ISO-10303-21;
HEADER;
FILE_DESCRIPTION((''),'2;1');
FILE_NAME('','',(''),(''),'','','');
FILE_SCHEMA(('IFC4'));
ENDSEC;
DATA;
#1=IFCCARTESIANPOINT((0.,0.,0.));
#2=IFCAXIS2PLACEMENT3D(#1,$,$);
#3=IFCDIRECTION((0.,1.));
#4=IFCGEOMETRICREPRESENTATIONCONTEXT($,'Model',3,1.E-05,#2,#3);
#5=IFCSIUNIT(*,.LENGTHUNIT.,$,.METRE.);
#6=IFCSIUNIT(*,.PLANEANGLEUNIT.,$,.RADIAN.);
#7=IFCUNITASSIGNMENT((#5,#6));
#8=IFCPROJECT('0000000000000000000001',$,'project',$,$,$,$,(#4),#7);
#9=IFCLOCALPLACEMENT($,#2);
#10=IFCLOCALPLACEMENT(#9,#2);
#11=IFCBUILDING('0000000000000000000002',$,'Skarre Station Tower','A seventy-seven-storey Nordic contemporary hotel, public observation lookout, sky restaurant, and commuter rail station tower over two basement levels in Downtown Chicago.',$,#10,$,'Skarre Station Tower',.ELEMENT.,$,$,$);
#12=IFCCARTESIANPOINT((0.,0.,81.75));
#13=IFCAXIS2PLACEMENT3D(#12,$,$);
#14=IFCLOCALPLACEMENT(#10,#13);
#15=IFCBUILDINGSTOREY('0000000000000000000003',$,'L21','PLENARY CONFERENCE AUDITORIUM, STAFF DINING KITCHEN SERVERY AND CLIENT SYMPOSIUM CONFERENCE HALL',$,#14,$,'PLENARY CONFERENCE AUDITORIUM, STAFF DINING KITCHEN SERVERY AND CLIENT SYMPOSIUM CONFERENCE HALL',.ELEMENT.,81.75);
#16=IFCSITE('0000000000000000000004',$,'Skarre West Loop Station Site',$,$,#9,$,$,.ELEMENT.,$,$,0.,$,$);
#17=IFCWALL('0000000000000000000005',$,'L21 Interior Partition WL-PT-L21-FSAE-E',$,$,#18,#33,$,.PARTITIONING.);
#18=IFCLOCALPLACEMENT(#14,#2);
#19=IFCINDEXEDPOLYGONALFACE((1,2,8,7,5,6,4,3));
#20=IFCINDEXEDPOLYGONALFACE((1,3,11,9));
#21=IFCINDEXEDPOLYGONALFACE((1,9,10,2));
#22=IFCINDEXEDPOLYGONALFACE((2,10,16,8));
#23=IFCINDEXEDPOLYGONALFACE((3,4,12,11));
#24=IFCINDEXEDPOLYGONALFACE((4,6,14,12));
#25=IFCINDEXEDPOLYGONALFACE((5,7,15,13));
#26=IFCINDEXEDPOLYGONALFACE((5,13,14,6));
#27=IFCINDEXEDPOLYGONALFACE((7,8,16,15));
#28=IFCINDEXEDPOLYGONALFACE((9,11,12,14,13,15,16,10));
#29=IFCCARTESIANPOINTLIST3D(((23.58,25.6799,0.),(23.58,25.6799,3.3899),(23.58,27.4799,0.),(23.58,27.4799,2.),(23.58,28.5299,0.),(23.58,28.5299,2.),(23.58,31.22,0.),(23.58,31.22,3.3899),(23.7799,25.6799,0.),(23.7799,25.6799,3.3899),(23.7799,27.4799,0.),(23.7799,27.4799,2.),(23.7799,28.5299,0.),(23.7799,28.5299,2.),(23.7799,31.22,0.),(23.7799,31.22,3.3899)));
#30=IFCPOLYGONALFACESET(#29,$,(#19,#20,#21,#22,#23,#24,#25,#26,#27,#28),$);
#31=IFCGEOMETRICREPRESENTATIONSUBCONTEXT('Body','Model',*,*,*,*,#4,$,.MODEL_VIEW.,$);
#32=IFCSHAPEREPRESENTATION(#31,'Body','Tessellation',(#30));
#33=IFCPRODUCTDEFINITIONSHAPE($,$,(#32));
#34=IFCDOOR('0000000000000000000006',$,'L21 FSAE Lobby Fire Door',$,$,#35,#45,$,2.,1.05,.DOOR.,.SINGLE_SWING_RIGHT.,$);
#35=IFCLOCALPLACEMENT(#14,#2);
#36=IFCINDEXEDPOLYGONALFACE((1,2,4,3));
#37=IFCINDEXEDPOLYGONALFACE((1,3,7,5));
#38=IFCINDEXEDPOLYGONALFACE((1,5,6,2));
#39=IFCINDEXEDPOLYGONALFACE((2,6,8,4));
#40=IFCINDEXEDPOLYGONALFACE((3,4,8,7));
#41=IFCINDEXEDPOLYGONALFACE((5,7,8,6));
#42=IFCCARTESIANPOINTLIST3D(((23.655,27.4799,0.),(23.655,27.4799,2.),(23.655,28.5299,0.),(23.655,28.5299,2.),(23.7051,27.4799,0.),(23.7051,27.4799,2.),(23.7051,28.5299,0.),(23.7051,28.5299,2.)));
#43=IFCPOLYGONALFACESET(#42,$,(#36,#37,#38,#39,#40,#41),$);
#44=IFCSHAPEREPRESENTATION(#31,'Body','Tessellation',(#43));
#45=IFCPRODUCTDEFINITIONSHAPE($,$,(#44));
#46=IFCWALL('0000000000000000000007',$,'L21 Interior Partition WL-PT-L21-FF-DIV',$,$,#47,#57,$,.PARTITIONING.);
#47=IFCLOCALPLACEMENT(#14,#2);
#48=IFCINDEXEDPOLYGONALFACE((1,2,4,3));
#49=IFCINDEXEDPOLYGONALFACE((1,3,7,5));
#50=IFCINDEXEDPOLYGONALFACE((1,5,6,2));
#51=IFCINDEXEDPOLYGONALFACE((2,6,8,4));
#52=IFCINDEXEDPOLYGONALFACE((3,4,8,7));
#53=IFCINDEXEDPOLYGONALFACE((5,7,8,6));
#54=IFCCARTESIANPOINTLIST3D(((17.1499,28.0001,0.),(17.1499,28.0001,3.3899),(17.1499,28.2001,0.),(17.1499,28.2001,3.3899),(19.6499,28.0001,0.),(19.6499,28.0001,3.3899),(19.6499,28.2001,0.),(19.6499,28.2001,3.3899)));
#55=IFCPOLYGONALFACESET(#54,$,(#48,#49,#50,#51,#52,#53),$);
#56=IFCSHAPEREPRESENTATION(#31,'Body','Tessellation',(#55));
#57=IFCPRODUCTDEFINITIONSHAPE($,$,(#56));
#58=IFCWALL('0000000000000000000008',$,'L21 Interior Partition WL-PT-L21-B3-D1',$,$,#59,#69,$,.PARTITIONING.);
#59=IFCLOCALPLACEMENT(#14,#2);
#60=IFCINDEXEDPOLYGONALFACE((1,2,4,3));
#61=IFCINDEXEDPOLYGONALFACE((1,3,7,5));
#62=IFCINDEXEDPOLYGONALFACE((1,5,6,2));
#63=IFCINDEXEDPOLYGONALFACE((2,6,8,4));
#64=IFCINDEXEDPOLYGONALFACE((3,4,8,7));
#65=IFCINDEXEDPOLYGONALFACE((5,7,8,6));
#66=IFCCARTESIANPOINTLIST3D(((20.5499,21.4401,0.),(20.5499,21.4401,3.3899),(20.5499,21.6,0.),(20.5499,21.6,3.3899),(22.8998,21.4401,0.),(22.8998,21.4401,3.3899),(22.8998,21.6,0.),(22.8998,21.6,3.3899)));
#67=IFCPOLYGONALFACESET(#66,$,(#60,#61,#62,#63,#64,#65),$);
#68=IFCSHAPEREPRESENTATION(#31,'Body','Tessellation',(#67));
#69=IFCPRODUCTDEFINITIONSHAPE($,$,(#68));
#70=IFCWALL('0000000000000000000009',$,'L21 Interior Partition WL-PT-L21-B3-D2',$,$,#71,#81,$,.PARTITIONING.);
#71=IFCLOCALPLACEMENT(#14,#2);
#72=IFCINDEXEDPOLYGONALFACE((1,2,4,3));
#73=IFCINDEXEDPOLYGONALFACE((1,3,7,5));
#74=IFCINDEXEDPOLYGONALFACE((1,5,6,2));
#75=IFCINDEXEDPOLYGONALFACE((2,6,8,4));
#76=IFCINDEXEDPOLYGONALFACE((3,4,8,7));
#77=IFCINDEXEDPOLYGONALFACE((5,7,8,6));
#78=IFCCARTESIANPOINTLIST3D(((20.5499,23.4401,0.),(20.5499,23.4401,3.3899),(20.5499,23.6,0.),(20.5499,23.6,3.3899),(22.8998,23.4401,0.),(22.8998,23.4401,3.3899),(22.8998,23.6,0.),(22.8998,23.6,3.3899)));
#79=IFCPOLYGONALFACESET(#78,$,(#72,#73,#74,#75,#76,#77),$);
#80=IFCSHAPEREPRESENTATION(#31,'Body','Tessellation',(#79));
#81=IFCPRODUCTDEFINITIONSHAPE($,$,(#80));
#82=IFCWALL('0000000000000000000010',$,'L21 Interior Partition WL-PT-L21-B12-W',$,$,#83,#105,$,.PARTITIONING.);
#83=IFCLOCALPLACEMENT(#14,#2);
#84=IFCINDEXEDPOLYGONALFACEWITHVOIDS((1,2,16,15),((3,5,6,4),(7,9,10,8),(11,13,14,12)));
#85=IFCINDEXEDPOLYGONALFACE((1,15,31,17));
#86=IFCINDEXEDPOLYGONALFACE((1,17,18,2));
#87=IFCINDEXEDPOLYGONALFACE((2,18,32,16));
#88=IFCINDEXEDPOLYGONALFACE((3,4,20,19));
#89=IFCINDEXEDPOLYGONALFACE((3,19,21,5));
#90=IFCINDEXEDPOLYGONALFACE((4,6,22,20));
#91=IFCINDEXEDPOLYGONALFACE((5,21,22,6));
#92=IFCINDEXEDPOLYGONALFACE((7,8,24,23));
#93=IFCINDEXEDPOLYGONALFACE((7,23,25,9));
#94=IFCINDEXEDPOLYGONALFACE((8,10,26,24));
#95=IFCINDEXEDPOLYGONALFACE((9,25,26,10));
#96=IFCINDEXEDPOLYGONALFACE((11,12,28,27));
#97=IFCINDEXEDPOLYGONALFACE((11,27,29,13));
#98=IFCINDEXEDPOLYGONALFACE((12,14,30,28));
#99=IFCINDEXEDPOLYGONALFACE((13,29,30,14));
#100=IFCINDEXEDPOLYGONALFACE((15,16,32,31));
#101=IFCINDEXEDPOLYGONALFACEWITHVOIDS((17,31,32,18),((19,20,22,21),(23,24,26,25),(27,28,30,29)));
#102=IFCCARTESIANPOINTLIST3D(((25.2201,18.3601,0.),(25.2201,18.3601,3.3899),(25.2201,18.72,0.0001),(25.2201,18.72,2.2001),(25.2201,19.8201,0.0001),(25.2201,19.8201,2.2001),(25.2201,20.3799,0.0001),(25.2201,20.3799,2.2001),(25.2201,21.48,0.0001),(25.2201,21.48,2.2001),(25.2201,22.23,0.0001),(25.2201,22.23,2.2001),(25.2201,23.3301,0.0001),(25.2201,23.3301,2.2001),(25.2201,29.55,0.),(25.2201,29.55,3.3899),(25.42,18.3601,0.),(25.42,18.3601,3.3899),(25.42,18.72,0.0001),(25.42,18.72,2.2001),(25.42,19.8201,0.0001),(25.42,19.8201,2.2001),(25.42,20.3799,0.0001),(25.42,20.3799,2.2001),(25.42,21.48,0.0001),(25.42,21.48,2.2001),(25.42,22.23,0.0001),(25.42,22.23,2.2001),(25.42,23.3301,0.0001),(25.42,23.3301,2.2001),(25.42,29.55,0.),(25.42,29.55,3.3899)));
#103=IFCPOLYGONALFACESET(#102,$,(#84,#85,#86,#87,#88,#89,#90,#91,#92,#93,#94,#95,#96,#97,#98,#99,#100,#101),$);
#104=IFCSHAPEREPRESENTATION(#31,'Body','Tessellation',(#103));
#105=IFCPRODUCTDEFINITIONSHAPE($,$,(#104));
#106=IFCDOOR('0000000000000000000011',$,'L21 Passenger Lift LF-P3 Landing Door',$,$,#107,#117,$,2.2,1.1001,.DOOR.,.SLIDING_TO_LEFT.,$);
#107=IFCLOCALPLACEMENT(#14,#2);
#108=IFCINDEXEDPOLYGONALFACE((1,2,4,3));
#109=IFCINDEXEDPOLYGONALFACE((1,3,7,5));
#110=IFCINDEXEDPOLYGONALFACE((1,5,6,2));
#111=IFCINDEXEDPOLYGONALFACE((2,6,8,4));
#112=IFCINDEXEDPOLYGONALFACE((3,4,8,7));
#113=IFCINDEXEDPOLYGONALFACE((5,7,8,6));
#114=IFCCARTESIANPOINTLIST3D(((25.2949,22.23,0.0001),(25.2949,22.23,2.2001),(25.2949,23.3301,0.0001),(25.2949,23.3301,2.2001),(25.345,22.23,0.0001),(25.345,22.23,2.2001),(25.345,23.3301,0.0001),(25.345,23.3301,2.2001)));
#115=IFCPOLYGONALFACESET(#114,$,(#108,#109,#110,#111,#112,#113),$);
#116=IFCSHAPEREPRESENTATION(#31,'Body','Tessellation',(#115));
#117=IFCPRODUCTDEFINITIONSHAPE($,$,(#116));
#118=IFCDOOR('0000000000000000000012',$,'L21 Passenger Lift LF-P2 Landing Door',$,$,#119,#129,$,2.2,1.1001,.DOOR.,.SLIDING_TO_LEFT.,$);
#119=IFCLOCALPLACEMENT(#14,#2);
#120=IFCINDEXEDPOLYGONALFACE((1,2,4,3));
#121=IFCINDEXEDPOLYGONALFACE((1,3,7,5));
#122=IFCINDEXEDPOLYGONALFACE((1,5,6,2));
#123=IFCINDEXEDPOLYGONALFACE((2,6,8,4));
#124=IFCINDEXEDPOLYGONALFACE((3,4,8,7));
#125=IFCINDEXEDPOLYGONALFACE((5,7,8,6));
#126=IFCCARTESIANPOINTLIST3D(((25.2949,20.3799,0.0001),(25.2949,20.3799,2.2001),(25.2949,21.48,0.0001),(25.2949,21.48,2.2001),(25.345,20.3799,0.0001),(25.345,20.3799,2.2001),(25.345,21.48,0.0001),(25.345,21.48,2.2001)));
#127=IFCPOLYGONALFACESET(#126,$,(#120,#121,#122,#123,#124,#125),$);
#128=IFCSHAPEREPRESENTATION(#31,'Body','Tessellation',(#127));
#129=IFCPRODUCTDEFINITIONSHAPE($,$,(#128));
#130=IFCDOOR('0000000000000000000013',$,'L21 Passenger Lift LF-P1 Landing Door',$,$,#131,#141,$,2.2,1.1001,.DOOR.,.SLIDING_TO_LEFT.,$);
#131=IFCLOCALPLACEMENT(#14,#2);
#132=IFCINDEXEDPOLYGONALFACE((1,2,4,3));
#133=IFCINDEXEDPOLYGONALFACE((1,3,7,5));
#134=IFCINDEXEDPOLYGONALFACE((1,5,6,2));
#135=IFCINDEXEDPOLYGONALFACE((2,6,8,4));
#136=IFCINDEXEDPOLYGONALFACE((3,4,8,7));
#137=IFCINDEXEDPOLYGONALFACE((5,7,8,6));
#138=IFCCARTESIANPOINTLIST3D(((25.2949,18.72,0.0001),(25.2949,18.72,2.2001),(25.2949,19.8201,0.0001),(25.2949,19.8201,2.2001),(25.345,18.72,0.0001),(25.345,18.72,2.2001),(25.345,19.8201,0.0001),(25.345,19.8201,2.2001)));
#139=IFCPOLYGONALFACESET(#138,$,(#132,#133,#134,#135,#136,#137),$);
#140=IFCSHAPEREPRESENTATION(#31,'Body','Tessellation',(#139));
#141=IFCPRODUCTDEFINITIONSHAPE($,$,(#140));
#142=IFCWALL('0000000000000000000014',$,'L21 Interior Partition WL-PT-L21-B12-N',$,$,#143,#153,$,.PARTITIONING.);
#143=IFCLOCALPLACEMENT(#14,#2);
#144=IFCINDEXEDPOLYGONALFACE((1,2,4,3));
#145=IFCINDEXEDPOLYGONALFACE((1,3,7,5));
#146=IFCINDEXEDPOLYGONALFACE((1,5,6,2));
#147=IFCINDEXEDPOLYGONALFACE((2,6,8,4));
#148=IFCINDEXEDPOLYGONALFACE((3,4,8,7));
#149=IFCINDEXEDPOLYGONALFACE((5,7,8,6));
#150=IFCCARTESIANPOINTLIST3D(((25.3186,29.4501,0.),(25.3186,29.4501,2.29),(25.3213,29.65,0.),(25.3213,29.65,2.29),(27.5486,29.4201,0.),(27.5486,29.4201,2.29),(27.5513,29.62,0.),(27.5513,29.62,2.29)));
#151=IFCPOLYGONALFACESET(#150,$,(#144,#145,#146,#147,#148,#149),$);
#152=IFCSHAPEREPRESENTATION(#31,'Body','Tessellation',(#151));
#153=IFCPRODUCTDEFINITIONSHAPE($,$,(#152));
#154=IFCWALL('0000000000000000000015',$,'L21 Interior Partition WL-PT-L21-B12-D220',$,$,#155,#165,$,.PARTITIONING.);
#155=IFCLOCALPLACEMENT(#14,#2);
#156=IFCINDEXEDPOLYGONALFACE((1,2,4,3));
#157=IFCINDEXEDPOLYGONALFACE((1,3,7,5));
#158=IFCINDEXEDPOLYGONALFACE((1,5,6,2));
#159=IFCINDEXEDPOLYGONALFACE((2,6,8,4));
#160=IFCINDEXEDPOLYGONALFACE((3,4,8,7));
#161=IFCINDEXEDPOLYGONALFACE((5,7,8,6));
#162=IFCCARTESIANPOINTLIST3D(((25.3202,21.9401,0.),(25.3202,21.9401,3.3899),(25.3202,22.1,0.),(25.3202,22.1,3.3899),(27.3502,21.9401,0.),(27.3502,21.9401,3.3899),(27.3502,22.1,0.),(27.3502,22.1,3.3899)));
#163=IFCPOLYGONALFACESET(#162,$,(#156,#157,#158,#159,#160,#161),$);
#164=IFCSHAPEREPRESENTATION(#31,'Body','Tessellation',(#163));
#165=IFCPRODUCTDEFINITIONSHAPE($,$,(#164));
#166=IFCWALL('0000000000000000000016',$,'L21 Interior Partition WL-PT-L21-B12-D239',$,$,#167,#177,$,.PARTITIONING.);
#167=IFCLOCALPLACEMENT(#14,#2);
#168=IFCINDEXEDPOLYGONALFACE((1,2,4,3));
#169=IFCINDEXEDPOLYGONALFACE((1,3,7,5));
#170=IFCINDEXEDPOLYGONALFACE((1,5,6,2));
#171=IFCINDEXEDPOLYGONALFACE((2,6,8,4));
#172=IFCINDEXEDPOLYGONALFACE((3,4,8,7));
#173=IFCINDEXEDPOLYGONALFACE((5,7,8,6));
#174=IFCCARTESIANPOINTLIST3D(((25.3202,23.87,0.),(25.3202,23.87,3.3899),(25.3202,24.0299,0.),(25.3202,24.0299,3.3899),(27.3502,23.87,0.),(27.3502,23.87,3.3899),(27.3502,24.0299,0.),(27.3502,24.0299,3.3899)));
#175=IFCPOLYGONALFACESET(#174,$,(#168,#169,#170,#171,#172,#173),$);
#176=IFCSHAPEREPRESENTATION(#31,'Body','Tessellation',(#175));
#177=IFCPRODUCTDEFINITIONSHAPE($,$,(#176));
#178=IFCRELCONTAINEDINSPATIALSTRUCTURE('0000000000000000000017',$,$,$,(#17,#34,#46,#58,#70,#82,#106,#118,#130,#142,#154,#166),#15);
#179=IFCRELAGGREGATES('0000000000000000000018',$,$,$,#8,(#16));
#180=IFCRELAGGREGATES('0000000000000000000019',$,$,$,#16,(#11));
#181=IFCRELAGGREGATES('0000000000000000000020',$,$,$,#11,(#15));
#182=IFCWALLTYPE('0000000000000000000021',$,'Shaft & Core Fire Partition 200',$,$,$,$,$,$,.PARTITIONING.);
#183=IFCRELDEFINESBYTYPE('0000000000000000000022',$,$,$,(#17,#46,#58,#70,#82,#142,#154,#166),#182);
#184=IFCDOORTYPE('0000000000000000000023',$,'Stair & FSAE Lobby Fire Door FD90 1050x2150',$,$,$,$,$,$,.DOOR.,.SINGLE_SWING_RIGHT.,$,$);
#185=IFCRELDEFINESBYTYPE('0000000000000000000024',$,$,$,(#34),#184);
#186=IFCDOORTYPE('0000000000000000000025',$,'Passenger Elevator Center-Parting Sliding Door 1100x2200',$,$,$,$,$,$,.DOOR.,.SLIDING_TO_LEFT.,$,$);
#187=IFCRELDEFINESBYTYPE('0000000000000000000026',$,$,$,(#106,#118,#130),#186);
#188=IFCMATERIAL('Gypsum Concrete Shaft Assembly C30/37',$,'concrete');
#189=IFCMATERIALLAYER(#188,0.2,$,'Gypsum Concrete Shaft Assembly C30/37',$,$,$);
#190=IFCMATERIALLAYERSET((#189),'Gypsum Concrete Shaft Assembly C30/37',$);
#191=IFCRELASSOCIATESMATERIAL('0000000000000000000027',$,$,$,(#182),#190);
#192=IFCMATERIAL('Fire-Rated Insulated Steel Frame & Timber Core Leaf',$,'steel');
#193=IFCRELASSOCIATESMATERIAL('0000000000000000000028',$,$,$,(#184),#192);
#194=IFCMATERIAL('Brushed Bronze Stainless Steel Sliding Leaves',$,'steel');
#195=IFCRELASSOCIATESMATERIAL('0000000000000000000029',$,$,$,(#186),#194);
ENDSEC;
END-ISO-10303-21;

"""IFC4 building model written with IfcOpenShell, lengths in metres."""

from ifc_helpers import new_model, si_unit, direction, frame, frame_2d, origin, place, context, subcontext, project, spatial, rectangle, extrude, material, layer, layer_set, type_object, element, fill, save


model = new_model("IFC4")

# Units and contexts
model_context = context("Model", 3, precision=1e-05, world=origin(), true_north=direction((0.0, 1.0)))
body_context = subcontext(model_context, "Body", "Model", "MODEL_VIEW")
ifc_project = project(units=[si_unit("LENGTHUNIT", "METRE"), si_unit("PLANEANGLEUNIT", "RADIAN")], contexts=[model_context])

# Site, building, storey
site_placement = place(None, origin())
site = spatial("IfcSite", under=ifc_project, at=site_placement, Name="Skarre West Loop Station Site", CompositionType="ELEMENT", RefElevation=0.0)
building_placement = place(site_placement, origin())
building = spatial("IfcBuilding", under=site, at=building_placement, Name="Skarre Station Tower", Description="A seventy-seven-storey Nordic contemporary hotel, public observation lookout, sky restaurant, and commuter rail station tower over two basement levels in Downtown Chicago.", LongName="Skarre Station Tower", CompositionType="ELEMENT")
storey_placement = place(building_placement, frame((0.0, 0.0, 81.75)))
storey = spatial("IfcBuildingStorey", under=building, at=storey_placement, Name="L21", Description="PLENARY CONFERENCE AUDITORIUM, STAFF DINING KITCHEN SERVERY AND CLIENT SYMPOSIUM CONFERENCE HALL", LongName="PLENARY CONFERENCE AUDITORIUM, STAFF DINING KITCHEN SERVERY AND CLIENT SYMPOSIUM CONFERENCE HALL", CompositionType="ELEMENT", Elevation=81.75)

# Shared definitions
ifc_material_1 = material(Name="Gypsum Concrete Shaft Assembly C30/37", Category="concrete")
ifc_layer_1 = layer(ifc_material_1, 0.2, Name="Gypsum Concrete Shaft Assembly C30/37")
ifc_layer_set_1 = layer_set([ifc_layer_1], Name="Gypsum Concrete Shaft Assembly C30/37")
wall_type_1 = type_object("IfcWallType", Name="Shaft & Core Fire Partition 200", PredefinedType="PARTITIONING", material=ifc_layer_set_1)

# Wall, opening, door
wall_1_placement = place(storey_placement, frame((23.6799, 25.6799, 0.0), z_axis=(0.0, 0.0, 1.0), x_axis=(0.0, 1.0, 0.0)))
wall_1 = element("IfcWall", 1, at=wall_1_placement, inside=storey, type_object=wall_type_1, Name="L21 Interior Partition WL-PT-L21-FSAE-E", PredefinedType="PARTITIONING", context=body_context, shape_type="SweptSolid", body=[
    extrude(rectangle(XDim=5.54, YDim=0.2, at=frame_2d((2.77, 0.0))), origin(), (0.0, 0.0, 1.0), 3.3899),
])
opening_1_placement = place(wall_1_placement, frame((1.8, 0.0, 0.0)))
opening_1 = element("IfcOpeningElement", 2, at=opening_1_placement, cuts=wall_1, PredefinedType="OPENING", context=body_context, shape_type="SweptSolid", body=[
    extrude(rectangle(XDim=1.05, YDim=2.0, at=frame_2d((0.5249, 1.0))), frame((0.0, 0.1099, 0.0), z_axis=(0.0, -1.0, 0.0), x_axis=(1.0, 0.0, 0.0)), (0.0, 0.0, 1.0), 0.22),
])
ifc_material_2 = material(Name="Fire-Rated Insulated Steel Frame & Timber Core Leaf", Category="steel")
door_type_1 = type_object("IfcDoorType", Name="Stair & FSAE Lobby Fire Door FD90 1050x2150", OperationType="SINGLE_SWING_RIGHT", PredefinedType="DOOR", material=ifc_material_2)
door_1_placement = place(opening_1_placement, origin())
door_1 = element("IfcDoor", 3, at=door_1_placement, inside=storey, type_object=door_type_1, Name="L21 FSAE Lobby Fire Door", OperationType="SINGLE_SWING_RIGHT", OverallHeight=2.0, OverallWidth=1.05, PredefinedType="DOOR", context=body_context, shape_type="SweptSolid", body=[
    extrude(rectangle(XDim=1.05, YDim=2.0, at=frame_2d((0.5249, 1.0))), frame((0.0, 0.0249, 0.0), z_axis=(0.0, -1.0, 0.0), x_axis=(1.0, 0.0, 0.0)), (0.0, 0.0, 1.0), 0.05),
])
fill(opening_1, door_1)

# Walls
wall_2_placement = place(storey_placement, frame((17.1499, 28.1001, 0.0), z_axis=(0.0, 0.0, 1.0), x_axis=(1.0, 0.0, 0.0)))
element("IfcWall", 4, at=wall_2_placement, inside=storey, type_object=wall_type_1, Name="L21 Interior Partition WL-PT-L21-FF-DIV", PredefinedType="PARTITIONING", context=body_context, shape_type="SweptSolid", body=[
    extrude(rectangle(XDim=2.5, YDim=0.2, at=frame_2d((1.25, 0.0))), origin(), (0.0, 0.0, 1.0), 3.3899),
])
for number, where, z_axis, x_axis, name in (
    (5, (20.55, 21.52, 0.0), (0.0, 0.0, 1.0), (1.0, 0.0, 0.0), "L21 Interior Partition WL-PT-L21-B3-D1"),
    (6, (20.55, 23.52, 0.0), (0.0, 0.0, 1.0), (1.0, 0.0, 0.0), "L21 Interior Partition WL-PT-L21-B3-D2"),
):
    element("IfcWall", number, at=place(storey_placement, frame(where, z_axis=z_axis, x_axis=x_axis)), inside=storey, type_object=wall_type_1, Name=name, PredefinedType="PARTITIONING", context=body_context, shape_type="SweptSolid", body=[
        extrude(rectangle(XDim=2.3499, YDim=0.1599, at=frame_2d((1.1748, 0.0))), origin(), (0.0, 0.0, 1.0), 3.3899),
    ])

# Wall, openings, doors
wall_3_placement = place(storey_placement, frame((25.3201, 29.55, 0.0), z_axis=(0.0, 0.0, 1.0), x_axis=(0.0, -1.0, 0.0)))
wall_3 = element("IfcWall", 7, at=wall_3_placement, inside=storey, type_object=wall_type_1, Name="L21 Interior Partition WL-PT-L21-B12-W", PredefinedType="PARTITIONING", context=body_context, shape_type="SweptSolid", body=[
    extrude(rectangle(XDim=11.1899, YDim=0.2, at=frame_2d((5.595, 0.0))), origin(), (0.0, 0.0, 1.0), 3.3899),
])
opening_2_placement = place(wall_3_placement, frame((6.22, 0.0, 0.0)))
opening_2 = element("IfcOpeningElement", 8, at=opening_2_placement, cuts=wall_3, PredefinedType="OPENING", context=body_context, shape_type="SweptSolid", body=[
    extrude(rectangle(XDim=1.1001, YDim=2.2, at=frame_2d((0.55, 1.1001))), frame((0.0, 0.1099, 0.0), z_axis=(0.0, -1.0, 0.0), x_axis=(1.0, 0.0, 0.0)), (0.0, 0.0, 1.0), 0.22),
])
opening_3_placement = place(wall_3_placement, frame((8.0701, 0.0, 0.0)))
opening_3 = element("IfcOpeningElement", 9, at=opening_3_placement, cuts=wall_3, PredefinedType="OPENING", context=body_context, shape_type="SweptSolid", body=[
    extrude(rectangle(XDim=1.1001, YDim=2.2, at=frame_2d((0.55, 1.1001))), frame((0.0, 0.1099, 0.0), z_axis=(0.0, -1.0, 0.0), x_axis=(1.0, 0.0, 0.0)), (0.0, 0.0, 1.0), 0.22),
])
opening_4_placement = place(wall_3_placement, frame((9.73, 0.0, 0.0)))
opening_4 = element("IfcOpeningElement", 10, at=opening_4_placement, cuts=wall_3, PredefinedType="OPENING", context=body_context, shape_type="SweptSolid", body=[
    extrude(rectangle(XDim=1.1001, YDim=2.2, at=frame_2d((0.55, 1.1001))), frame((0.0, 0.1099, 0.0), z_axis=(0.0, -1.0, 0.0), x_axis=(1.0, 0.0, 0.0)), (0.0, 0.0, 1.0), 0.22),
])
ifc_material_3 = material(Name="Brushed Bronze Stainless Steel Sliding Leaves", Category="steel")
door_type_2 = type_object("IfcDoorType", Name="Passenger Elevator Center-Parting Sliding Door 1100x2200", OperationType="SLIDING_TO_LEFT", PredefinedType="DOOR", material=ifc_material_3)
door_2_placement = place(opening_2_placement, origin())
door_2 = element("IfcDoor", 11, at=door_2_placement, inside=storey, type_object=door_type_2, Name="L21 Passenger Lift LF-P3 Landing Door", OperationType="SLIDING_TO_LEFT", OverallHeight=2.2, OverallWidth=1.1001, PredefinedType="DOOR", context=body_context, shape_type="SweptSolid", body=[
    extrude(rectangle(XDim=1.1001, YDim=2.2, at=frame_2d((0.55, 1.1001))), frame((0.0, 0.0249, 0.0), z_axis=(0.0, -1.0, 0.0), x_axis=(1.0, 0.0, 0.0)), (0.0, 0.0, 1.0), 0.05),
])
fill(opening_2, door_2)
door_3_placement = place(opening_3_placement, origin())
door_3 = element("IfcDoor", 12, at=door_3_placement, inside=storey, type_object=door_type_2, Name="L21 Passenger Lift LF-P2 Landing Door", OperationType="SLIDING_TO_LEFT", OverallHeight=2.2, OverallWidth=1.1001, PredefinedType="DOOR", context=body_context, shape_type="SweptSolid", body=[
    extrude(rectangle(XDim=1.1001, YDim=2.2, at=frame_2d((0.55, 1.1001))), frame((0.0, 0.0249, 0.0), z_axis=(0.0, -1.0, 0.0), x_axis=(1.0, 0.0, 0.0)), (0.0, 0.0, 1.0), 0.05),
])
fill(opening_3, door_3)
door_4_placement = place(opening_4_placement, origin())
door_4 = element("IfcDoor", 13, at=door_4_placement, inside=storey, type_object=door_type_2, Name="L21 Passenger Lift LF-P1 Landing Door", OperationType="SLIDING_TO_LEFT", OverallHeight=2.2, OverallWidth=1.1001, PredefinedType="DOOR", context=body_context, shape_type="SweptSolid", body=[
    extrude(rectangle(XDim=1.1001, YDim=2.2, at=frame_2d((0.55, 1.1001))), frame((0.0, 0.0249, 0.0), z_axis=(0.0, -1.0, 0.0), x_axis=(1.0, 0.0, 0.0)), (0.0, 0.0, 1.0), 0.05),
])
fill(opening_4, door_4)

# Walls
wall_4_placement = place(storey_placement, frame((27.55, 29.52, 0.0), z_axis=(0.0, 0.0, 1.0), x_axis=(-0.999909, 0.013465, 0.0)))
element("IfcWall", 14, at=wall_4_placement, inside=storey, type_object=wall_type_1, Name="L21 Interior Partition WL-PT-L21-B12-N", PredefinedType="PARTITIONING", context=body_context, shape_type="SweptSolid", body=[
    extrude(rectangle(XDim=2.2302, YDim=0.2, at=frame_2d((1.1152, 0.0))), origin(), (0.0, 0.0, 1.0), 2.29),
])
for number, where, z_axis, x_axis, name in (
    (15, (25.3201, 22.02, 0.0), (0.0, 0.0, 1.0), (1.0, 0.0, 0.0), "L21 Interior Partition WL-PT-L21-B12-D220"),
    (16, (25.3201, 23.95, 0.0), (0.0, 0.0, 1.0), (1.0, 0.0, 0.0), "L21 Interior Partition WL-PT-L21-B12-D239"),
):
    element("IfcWall", number, at=place(storey_placement, frame(where, z_axis=z_axis, x_axis=x_axis)), inside=storey, type_object=wall_type_1, Name=name, PredefinedType="PARTITIONING", context=body_context, shape_type="SweptSolid", body=[
        extrude(rectangle(XDim=2.03, YDim=0.1599, at=frame_2d((1.0151, 0.0))), origin(), (0.0, 0.0, 1.0), 3.3899),
    ])

save(model, "model.ifc")
